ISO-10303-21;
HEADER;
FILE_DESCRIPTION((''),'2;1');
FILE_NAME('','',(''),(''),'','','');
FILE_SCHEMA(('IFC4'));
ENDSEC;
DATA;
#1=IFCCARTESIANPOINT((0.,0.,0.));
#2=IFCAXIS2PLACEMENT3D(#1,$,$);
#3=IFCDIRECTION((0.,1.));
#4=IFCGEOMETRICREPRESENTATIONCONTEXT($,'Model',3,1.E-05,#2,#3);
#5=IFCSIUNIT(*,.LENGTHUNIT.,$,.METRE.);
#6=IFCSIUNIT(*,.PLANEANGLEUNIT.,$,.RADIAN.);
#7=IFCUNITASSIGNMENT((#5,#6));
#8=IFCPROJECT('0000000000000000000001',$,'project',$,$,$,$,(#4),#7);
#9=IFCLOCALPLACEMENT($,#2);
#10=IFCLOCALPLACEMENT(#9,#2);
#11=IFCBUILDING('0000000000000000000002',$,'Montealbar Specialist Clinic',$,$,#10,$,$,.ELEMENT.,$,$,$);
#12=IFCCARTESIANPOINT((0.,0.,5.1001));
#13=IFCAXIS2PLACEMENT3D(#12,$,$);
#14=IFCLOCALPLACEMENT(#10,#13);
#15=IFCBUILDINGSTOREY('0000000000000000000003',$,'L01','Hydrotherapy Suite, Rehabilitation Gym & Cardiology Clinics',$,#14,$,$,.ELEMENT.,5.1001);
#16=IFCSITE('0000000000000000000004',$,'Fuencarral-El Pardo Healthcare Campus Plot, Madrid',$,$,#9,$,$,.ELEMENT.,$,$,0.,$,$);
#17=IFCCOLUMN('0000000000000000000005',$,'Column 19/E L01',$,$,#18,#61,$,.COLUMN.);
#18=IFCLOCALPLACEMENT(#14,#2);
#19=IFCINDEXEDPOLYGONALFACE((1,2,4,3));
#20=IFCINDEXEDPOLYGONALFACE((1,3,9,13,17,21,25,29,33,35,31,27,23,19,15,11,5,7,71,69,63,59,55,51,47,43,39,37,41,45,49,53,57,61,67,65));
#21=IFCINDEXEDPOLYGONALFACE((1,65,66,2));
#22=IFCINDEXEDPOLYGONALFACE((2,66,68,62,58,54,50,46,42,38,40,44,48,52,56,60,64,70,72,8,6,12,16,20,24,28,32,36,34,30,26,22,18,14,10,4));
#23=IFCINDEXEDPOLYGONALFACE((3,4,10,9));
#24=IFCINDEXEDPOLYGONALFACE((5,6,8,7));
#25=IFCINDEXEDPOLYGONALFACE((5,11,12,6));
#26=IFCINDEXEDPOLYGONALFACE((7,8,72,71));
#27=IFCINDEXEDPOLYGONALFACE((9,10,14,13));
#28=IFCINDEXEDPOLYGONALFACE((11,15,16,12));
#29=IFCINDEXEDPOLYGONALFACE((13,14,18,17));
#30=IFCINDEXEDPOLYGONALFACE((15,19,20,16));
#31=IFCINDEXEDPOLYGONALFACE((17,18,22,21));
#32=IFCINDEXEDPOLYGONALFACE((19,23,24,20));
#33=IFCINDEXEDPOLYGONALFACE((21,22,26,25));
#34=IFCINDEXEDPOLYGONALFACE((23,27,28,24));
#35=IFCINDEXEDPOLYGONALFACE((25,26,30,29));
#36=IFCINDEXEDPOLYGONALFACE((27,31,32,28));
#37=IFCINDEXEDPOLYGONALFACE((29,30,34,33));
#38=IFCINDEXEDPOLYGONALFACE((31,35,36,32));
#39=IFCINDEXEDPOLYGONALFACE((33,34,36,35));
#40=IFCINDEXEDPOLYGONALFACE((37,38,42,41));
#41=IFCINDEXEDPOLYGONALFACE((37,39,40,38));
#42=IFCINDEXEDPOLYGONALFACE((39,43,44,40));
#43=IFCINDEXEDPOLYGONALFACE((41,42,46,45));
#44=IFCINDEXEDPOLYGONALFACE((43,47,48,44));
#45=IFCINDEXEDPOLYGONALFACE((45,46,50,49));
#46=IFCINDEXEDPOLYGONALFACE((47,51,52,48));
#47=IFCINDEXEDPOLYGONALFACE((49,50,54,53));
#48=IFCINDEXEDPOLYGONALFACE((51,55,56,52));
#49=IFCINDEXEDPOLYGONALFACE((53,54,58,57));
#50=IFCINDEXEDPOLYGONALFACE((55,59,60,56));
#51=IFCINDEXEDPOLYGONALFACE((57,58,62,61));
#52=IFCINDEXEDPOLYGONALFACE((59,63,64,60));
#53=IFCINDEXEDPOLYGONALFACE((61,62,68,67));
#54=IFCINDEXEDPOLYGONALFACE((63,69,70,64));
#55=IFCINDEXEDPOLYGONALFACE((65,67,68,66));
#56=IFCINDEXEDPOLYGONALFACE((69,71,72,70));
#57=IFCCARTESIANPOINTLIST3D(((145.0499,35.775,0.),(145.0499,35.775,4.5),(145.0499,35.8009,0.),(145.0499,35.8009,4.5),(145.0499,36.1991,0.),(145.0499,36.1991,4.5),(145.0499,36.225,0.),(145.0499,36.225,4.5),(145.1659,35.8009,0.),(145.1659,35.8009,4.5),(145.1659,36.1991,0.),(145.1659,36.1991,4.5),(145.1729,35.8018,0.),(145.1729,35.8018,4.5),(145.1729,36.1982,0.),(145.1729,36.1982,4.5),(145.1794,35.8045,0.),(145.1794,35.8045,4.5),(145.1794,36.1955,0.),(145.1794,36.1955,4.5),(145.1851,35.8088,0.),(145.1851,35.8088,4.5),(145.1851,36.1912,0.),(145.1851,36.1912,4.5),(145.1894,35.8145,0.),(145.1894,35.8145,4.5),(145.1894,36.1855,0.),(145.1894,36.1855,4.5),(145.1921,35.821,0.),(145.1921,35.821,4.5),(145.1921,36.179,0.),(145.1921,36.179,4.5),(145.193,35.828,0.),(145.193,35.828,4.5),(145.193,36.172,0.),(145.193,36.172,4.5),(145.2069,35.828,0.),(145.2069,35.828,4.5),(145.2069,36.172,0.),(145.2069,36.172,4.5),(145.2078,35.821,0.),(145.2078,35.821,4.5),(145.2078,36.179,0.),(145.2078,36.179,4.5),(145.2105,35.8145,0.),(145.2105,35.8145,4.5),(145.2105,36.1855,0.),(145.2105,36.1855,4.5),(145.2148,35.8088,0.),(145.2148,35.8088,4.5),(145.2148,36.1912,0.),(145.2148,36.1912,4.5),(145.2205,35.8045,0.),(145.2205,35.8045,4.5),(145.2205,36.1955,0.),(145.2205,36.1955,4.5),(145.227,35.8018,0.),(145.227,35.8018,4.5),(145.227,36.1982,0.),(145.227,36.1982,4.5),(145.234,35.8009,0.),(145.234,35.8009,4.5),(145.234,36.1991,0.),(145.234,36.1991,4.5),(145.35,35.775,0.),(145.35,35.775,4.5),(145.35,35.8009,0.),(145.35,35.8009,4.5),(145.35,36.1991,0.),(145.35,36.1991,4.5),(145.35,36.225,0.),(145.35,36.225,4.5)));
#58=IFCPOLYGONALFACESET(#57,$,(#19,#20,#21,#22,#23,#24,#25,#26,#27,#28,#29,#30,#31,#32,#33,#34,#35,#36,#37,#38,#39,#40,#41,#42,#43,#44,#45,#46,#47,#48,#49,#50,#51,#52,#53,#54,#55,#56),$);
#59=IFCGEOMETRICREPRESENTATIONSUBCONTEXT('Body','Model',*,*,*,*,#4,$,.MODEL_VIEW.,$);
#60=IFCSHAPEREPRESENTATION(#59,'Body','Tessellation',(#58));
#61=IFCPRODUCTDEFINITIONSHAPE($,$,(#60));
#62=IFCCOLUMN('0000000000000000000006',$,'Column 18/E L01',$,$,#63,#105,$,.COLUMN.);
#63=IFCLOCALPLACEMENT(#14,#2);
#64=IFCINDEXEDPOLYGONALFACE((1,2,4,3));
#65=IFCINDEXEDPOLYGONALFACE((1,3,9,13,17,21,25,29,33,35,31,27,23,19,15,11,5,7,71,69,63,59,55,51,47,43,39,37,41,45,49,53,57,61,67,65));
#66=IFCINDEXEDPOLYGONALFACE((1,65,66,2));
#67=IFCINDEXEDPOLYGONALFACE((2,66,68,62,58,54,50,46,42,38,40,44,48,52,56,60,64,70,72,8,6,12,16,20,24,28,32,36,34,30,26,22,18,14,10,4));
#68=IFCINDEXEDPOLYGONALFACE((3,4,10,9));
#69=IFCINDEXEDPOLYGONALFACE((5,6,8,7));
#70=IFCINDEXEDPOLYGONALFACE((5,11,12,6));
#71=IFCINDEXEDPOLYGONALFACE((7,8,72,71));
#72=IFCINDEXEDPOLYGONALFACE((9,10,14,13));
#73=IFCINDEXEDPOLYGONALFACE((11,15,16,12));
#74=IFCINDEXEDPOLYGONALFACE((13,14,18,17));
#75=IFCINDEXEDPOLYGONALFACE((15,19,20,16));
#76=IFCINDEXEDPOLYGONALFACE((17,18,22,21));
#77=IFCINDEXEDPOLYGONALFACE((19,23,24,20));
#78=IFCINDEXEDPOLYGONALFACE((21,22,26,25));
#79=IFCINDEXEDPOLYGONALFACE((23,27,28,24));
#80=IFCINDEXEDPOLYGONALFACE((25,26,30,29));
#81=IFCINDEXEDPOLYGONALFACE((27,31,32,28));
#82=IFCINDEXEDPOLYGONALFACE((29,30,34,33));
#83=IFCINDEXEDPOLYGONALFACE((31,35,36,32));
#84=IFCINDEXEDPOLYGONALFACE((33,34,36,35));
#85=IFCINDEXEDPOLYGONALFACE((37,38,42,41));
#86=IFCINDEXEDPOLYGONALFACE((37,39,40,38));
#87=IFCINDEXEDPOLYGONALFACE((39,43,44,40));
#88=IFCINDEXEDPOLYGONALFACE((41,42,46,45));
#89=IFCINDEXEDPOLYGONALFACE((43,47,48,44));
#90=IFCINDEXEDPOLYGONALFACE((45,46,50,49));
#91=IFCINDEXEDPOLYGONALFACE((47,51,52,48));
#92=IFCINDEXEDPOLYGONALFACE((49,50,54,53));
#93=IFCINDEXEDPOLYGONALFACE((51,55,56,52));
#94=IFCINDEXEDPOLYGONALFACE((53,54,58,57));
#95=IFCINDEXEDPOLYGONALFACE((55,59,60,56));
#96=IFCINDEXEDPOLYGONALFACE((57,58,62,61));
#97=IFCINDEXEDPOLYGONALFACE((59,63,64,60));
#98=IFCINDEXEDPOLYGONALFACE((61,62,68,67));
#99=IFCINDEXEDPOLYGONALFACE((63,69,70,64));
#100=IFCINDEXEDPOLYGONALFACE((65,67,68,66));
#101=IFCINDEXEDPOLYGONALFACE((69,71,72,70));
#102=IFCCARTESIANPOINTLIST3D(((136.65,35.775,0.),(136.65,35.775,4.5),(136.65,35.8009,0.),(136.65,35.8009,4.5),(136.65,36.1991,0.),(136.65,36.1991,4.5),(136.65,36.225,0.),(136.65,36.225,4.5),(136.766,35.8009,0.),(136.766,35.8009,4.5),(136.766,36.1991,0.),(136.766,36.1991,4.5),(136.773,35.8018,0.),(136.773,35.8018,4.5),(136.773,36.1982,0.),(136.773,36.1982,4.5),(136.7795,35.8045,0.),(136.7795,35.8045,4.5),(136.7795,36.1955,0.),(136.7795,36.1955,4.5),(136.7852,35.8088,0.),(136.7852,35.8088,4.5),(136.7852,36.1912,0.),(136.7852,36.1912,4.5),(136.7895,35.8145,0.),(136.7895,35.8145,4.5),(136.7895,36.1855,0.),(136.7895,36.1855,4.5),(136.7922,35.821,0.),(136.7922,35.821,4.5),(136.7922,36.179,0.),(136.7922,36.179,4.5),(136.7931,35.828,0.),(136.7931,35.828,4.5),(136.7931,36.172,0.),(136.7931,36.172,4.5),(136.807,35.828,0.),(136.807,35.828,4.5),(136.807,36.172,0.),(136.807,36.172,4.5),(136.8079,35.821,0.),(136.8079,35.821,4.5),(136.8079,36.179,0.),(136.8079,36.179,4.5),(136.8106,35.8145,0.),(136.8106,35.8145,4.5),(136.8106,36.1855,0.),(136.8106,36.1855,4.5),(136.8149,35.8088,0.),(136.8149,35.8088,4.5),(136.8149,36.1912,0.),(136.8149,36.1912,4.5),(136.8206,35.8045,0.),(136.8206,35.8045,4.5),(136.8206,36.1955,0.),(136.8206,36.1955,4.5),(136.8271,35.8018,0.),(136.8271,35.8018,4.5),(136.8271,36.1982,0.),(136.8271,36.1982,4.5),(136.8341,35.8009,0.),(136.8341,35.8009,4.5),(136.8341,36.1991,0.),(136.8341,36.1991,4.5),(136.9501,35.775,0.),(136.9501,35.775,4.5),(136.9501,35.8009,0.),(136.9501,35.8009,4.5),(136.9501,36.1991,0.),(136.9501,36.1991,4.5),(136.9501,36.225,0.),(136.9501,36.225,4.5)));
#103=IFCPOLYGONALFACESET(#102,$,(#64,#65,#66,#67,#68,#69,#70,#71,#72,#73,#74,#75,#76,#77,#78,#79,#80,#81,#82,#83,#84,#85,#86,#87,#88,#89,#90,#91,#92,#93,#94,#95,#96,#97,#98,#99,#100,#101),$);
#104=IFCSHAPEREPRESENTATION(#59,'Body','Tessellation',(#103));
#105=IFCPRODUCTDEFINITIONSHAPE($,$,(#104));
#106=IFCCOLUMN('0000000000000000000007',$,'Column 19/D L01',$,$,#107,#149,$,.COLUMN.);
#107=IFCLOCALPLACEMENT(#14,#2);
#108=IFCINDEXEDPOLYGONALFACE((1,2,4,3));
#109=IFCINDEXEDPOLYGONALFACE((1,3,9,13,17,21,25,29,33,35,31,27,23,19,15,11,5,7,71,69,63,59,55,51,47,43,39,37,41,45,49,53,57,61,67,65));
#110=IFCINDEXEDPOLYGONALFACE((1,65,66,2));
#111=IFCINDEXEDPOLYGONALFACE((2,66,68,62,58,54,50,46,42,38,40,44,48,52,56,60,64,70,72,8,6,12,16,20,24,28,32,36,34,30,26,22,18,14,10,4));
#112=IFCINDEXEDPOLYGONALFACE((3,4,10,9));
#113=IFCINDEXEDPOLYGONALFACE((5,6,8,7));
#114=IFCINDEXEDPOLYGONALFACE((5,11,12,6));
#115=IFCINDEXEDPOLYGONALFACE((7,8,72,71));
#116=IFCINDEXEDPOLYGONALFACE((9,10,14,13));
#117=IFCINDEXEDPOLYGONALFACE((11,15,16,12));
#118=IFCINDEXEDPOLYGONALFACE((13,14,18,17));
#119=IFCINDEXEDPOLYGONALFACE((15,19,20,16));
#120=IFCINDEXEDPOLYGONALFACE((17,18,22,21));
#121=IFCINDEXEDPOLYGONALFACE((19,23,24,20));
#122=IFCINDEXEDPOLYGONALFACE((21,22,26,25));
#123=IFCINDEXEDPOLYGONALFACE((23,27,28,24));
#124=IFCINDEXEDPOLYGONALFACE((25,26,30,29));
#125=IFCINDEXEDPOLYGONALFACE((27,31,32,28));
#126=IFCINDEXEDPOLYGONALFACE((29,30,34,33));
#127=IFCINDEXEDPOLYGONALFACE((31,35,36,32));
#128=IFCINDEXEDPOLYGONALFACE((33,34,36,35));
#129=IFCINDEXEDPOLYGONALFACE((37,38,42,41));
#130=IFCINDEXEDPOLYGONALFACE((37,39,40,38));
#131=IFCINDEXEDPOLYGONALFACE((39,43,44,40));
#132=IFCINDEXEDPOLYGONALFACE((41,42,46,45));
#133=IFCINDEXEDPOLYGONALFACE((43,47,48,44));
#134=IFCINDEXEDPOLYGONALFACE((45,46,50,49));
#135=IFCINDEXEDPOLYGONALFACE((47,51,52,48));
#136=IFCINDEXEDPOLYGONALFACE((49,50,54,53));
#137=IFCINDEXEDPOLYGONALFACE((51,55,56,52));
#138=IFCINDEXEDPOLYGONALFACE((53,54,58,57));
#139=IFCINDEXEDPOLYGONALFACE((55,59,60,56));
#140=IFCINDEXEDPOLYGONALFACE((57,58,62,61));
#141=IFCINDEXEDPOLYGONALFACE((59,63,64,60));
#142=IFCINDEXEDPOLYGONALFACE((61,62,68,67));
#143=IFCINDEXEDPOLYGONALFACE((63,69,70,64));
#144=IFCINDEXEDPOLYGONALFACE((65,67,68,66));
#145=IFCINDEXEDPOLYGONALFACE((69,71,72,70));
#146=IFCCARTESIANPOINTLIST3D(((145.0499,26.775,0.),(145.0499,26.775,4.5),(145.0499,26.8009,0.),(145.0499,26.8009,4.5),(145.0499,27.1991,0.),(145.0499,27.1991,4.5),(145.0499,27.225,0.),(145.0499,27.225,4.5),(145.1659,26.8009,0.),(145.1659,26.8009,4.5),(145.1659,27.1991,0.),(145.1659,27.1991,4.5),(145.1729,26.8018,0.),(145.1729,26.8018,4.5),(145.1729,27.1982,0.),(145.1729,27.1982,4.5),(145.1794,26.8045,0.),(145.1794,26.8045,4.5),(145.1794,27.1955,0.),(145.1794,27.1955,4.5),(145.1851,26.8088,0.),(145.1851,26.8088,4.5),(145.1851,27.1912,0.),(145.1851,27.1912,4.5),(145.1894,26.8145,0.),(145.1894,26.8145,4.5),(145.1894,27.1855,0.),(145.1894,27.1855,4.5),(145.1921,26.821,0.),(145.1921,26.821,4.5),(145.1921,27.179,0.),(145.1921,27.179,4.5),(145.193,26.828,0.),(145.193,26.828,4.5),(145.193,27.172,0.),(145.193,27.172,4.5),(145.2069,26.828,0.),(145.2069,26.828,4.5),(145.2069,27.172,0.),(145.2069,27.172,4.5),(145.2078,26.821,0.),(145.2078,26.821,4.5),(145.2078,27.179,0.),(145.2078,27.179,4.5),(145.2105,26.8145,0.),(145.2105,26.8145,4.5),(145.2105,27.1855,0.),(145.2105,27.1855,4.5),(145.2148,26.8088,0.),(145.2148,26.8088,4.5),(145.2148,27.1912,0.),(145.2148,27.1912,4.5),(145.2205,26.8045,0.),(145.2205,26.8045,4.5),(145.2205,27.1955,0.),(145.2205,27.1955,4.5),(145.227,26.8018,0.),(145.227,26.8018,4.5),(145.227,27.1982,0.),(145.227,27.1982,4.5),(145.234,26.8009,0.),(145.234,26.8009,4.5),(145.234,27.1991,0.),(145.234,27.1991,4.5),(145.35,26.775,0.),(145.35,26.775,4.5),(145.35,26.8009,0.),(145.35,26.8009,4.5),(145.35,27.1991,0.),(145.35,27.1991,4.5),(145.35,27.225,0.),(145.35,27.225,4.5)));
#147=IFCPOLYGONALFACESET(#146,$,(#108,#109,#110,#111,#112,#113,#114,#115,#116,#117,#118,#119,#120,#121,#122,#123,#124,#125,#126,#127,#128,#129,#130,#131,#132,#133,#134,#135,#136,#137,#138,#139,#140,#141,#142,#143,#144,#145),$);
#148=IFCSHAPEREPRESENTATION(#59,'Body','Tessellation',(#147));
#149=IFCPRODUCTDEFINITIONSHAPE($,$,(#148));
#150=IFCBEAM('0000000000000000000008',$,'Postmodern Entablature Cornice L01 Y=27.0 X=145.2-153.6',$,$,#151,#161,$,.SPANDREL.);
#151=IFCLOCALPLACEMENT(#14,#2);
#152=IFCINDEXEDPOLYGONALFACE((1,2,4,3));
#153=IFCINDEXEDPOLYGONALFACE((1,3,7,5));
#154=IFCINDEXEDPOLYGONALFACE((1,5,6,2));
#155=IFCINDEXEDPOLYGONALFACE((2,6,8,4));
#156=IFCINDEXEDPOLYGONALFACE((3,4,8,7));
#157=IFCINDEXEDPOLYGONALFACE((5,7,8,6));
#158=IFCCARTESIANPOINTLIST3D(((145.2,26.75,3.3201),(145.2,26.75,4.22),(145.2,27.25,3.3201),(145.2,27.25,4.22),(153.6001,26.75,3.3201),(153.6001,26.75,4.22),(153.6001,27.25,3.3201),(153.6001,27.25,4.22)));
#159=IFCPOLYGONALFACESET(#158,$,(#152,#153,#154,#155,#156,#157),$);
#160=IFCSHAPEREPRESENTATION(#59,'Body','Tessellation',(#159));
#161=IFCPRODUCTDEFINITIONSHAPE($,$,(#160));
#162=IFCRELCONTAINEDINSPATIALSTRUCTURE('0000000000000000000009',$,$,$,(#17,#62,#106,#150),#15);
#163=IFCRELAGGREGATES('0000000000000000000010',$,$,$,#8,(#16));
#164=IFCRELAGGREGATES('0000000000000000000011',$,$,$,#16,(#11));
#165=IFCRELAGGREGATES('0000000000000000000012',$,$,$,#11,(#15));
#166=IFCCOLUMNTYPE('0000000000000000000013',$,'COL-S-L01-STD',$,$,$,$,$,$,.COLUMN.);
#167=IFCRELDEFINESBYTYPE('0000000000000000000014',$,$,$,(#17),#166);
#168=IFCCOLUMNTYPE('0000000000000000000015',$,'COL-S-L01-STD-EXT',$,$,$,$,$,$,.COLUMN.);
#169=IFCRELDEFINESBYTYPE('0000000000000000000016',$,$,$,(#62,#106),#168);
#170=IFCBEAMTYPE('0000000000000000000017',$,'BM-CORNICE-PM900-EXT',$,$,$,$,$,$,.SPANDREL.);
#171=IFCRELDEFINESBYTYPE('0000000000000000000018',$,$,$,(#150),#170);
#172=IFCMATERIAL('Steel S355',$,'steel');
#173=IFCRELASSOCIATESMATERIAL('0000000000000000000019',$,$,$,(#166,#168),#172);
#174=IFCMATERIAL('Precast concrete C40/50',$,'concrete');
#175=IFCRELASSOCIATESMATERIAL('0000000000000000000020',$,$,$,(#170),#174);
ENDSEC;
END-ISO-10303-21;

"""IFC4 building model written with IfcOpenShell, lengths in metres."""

from ifc_helpers import new_model, si_unit, direction, frame, origin, origin_2d, place, context, subcontext, project, spatial, rectangle, i_section, extrude, material, material_profile, profile_set, type_object, element, save


model = new_model("IFC4")

# Units and contexts
model_context = context("Model", 3, precision=1e-05, world=origin(), true_north=direction((0.0, 1.0)))
body_context = subcontext(model_context, "Body", "Model", "MODEL_VIEW")
ifc_project = project(units=[si_unit("LENGTHUNIT", "METRE"), si_unit("PLANEANGLEUNIT", "RADIAN")], contexts=[model_context])

# Site, building, storey
site_placement = place(None, origin())
site = spatial("IfcSite", under=ifc_project, at=site_placement, Name="Fuencarral-El Pardo Healthcare Campus Plot, Madrid", CompositionType="ELEMENT", RefElevation=0.0)
building_placement = place(site_placement, origin())
building = spatial("IfcBuilding", under=site, at=building_placement, Name="Montealbar Specialist Clinic", CompositionType="ELEMENT")
storey_placement = place(building_placement, frame((0.0, 0.0, 5.1001)))
storey = spatial("IfcBuildingStorey", under=building, at=storey_placement, Name="L01", Description="Hydrotherapy Suite, Rehabilitation Gym & Cardiology Clinics", CompositionType="ELEMENT", Elevation=5.1001)

# Columns
ifc_material_1 = material(Name="Steel S355", Category="steel")
ifc_material_profile_1 = material_profile(ifc_material_1, i_section(OverallWidth=0.3, OverallDepth=0.45, WebThickness=0.0139, FlangeThickness=0.0259, FilletRadius=0.0271, at=origin_2d()), Name="HEB 450", Category="steel")
ifc_profile_set_1 = profile_set([ifc_material_profile_1], Name="Steel S355")
column_type_1 = type_object("IfcColumnType", Name="COL-S-L01-STD", PredefinedType="COLUMN", material=ifc_profile_set_1)
column_placement = place(storey_placement, frame((145.2, 36.0, 0.0), z_axis=(0.0, 0.0, 1.0), x_axis=(1.0, 0.0, 0.0)))
element("IfcColumn", 1, at=column_placement, inside=storey, type_object=column_type_1, Name="Column 19/E L01", PredefinedType="COLUMN", context=body_context, shape_type="SweptSolid", body=[
    extrude(i_section(OverallWidth=0.3, OverallDepth=0.45, WebThickness=0.0139, FlangeThickness=0.0259, FilletRadius=0.0271, at=origin_2d()), origin(), (0.0, 0.0, 1.0), 4.5),
])
ifc_material_profile_2 = material_profile(ifc_material_1, i_section(OverallWidth=0.3, OverallDepth=0.45, WebThickness=0.0139, FlangeThickness=0.0259, FilletRadius=0.0271, at=origin_2d()), Name="HEB 450", Category="steel")
ifc_profile_set_2 = profile_set([ifc_material_profile_2], Name="Steel S355")
column_type_2 = type_object("IfcColumnType", Name="COL-S-L01-STD-EXT", PredefinedType="COLUMN", material=ifc_profile_set_2)
for number, where, z_axis, x_axis, name in (
    (2, (136.8, 36.0, 0.0), (0.0, 0.0, 1.0), (1.0, 0.0, 0.0), "Column 18/E L01"),
    (3, (145.2, 27.0, 0.0), (0.0, 0.0, 1.0), (1.0, 0.0, 0.0), "Column 19/D L01"),
):
    element("IfcColumn", number, at=place(storey_placement, frame(where, z_axis=z_axis, x_axis=x_axis)), inside=storey, type_object=column_type_2, Name=name, PredefinedType="COLUMN", context=body_context, shape_type="SweptSolid", body=[
        extrude(i_section(OverallWidth=0.3, OverallDepth=0.45, WebThickness=0.0139, FlangeThickness=0.0259, FilletRadius=0.0271, at=origin_2d()), origin(), (0.0, 0.0, 1.0), 4.5),
    ])

# Beam
ifc_material_2 = material(Name="Precast concrete C40/50", Category="concrete")
ifc_material_profile_3 = material_profile(ifc_material_2, rectangle(XDim=0.5, YDim=0.8999, at=origin_2d()), Name="PRECAST CORNICE 500x900", Category="concrete")
ifc_profile_set_3 = profile_set([ifc_material_profile_3], Name="Precast concrete C40/50")
beam_type_1 = type_object("IfcBeamType", Name="BM-CORNICE-PM900-EXT", PredefinedType="SPANDREL", material=ifc_profile_set_3)
beam_1_placement = place(storey_placement, frame((145.2, 27.0, 3.77), z_axis=(1.0, 0.0, 0.0), x_axis=(0.0, 1.0, 0.0)))
element("IfcBeam", 4, at=beam_1_placement, inside=storey, type_object=beam_type_1, Name="Postmodern Entablature Cornice L01 Y=27.0 X=145.2-153.6", PredefinedType="SPANDREL", context=body_context, shape_type="SweptSolid", body=[
    extrude(rectangle(XDim=0.5, YDim=0.8999, at=origin_2d()), origin(), (0.0, 0.0, 1.0), 8.4001),
])

save(model, "model.ifc")
